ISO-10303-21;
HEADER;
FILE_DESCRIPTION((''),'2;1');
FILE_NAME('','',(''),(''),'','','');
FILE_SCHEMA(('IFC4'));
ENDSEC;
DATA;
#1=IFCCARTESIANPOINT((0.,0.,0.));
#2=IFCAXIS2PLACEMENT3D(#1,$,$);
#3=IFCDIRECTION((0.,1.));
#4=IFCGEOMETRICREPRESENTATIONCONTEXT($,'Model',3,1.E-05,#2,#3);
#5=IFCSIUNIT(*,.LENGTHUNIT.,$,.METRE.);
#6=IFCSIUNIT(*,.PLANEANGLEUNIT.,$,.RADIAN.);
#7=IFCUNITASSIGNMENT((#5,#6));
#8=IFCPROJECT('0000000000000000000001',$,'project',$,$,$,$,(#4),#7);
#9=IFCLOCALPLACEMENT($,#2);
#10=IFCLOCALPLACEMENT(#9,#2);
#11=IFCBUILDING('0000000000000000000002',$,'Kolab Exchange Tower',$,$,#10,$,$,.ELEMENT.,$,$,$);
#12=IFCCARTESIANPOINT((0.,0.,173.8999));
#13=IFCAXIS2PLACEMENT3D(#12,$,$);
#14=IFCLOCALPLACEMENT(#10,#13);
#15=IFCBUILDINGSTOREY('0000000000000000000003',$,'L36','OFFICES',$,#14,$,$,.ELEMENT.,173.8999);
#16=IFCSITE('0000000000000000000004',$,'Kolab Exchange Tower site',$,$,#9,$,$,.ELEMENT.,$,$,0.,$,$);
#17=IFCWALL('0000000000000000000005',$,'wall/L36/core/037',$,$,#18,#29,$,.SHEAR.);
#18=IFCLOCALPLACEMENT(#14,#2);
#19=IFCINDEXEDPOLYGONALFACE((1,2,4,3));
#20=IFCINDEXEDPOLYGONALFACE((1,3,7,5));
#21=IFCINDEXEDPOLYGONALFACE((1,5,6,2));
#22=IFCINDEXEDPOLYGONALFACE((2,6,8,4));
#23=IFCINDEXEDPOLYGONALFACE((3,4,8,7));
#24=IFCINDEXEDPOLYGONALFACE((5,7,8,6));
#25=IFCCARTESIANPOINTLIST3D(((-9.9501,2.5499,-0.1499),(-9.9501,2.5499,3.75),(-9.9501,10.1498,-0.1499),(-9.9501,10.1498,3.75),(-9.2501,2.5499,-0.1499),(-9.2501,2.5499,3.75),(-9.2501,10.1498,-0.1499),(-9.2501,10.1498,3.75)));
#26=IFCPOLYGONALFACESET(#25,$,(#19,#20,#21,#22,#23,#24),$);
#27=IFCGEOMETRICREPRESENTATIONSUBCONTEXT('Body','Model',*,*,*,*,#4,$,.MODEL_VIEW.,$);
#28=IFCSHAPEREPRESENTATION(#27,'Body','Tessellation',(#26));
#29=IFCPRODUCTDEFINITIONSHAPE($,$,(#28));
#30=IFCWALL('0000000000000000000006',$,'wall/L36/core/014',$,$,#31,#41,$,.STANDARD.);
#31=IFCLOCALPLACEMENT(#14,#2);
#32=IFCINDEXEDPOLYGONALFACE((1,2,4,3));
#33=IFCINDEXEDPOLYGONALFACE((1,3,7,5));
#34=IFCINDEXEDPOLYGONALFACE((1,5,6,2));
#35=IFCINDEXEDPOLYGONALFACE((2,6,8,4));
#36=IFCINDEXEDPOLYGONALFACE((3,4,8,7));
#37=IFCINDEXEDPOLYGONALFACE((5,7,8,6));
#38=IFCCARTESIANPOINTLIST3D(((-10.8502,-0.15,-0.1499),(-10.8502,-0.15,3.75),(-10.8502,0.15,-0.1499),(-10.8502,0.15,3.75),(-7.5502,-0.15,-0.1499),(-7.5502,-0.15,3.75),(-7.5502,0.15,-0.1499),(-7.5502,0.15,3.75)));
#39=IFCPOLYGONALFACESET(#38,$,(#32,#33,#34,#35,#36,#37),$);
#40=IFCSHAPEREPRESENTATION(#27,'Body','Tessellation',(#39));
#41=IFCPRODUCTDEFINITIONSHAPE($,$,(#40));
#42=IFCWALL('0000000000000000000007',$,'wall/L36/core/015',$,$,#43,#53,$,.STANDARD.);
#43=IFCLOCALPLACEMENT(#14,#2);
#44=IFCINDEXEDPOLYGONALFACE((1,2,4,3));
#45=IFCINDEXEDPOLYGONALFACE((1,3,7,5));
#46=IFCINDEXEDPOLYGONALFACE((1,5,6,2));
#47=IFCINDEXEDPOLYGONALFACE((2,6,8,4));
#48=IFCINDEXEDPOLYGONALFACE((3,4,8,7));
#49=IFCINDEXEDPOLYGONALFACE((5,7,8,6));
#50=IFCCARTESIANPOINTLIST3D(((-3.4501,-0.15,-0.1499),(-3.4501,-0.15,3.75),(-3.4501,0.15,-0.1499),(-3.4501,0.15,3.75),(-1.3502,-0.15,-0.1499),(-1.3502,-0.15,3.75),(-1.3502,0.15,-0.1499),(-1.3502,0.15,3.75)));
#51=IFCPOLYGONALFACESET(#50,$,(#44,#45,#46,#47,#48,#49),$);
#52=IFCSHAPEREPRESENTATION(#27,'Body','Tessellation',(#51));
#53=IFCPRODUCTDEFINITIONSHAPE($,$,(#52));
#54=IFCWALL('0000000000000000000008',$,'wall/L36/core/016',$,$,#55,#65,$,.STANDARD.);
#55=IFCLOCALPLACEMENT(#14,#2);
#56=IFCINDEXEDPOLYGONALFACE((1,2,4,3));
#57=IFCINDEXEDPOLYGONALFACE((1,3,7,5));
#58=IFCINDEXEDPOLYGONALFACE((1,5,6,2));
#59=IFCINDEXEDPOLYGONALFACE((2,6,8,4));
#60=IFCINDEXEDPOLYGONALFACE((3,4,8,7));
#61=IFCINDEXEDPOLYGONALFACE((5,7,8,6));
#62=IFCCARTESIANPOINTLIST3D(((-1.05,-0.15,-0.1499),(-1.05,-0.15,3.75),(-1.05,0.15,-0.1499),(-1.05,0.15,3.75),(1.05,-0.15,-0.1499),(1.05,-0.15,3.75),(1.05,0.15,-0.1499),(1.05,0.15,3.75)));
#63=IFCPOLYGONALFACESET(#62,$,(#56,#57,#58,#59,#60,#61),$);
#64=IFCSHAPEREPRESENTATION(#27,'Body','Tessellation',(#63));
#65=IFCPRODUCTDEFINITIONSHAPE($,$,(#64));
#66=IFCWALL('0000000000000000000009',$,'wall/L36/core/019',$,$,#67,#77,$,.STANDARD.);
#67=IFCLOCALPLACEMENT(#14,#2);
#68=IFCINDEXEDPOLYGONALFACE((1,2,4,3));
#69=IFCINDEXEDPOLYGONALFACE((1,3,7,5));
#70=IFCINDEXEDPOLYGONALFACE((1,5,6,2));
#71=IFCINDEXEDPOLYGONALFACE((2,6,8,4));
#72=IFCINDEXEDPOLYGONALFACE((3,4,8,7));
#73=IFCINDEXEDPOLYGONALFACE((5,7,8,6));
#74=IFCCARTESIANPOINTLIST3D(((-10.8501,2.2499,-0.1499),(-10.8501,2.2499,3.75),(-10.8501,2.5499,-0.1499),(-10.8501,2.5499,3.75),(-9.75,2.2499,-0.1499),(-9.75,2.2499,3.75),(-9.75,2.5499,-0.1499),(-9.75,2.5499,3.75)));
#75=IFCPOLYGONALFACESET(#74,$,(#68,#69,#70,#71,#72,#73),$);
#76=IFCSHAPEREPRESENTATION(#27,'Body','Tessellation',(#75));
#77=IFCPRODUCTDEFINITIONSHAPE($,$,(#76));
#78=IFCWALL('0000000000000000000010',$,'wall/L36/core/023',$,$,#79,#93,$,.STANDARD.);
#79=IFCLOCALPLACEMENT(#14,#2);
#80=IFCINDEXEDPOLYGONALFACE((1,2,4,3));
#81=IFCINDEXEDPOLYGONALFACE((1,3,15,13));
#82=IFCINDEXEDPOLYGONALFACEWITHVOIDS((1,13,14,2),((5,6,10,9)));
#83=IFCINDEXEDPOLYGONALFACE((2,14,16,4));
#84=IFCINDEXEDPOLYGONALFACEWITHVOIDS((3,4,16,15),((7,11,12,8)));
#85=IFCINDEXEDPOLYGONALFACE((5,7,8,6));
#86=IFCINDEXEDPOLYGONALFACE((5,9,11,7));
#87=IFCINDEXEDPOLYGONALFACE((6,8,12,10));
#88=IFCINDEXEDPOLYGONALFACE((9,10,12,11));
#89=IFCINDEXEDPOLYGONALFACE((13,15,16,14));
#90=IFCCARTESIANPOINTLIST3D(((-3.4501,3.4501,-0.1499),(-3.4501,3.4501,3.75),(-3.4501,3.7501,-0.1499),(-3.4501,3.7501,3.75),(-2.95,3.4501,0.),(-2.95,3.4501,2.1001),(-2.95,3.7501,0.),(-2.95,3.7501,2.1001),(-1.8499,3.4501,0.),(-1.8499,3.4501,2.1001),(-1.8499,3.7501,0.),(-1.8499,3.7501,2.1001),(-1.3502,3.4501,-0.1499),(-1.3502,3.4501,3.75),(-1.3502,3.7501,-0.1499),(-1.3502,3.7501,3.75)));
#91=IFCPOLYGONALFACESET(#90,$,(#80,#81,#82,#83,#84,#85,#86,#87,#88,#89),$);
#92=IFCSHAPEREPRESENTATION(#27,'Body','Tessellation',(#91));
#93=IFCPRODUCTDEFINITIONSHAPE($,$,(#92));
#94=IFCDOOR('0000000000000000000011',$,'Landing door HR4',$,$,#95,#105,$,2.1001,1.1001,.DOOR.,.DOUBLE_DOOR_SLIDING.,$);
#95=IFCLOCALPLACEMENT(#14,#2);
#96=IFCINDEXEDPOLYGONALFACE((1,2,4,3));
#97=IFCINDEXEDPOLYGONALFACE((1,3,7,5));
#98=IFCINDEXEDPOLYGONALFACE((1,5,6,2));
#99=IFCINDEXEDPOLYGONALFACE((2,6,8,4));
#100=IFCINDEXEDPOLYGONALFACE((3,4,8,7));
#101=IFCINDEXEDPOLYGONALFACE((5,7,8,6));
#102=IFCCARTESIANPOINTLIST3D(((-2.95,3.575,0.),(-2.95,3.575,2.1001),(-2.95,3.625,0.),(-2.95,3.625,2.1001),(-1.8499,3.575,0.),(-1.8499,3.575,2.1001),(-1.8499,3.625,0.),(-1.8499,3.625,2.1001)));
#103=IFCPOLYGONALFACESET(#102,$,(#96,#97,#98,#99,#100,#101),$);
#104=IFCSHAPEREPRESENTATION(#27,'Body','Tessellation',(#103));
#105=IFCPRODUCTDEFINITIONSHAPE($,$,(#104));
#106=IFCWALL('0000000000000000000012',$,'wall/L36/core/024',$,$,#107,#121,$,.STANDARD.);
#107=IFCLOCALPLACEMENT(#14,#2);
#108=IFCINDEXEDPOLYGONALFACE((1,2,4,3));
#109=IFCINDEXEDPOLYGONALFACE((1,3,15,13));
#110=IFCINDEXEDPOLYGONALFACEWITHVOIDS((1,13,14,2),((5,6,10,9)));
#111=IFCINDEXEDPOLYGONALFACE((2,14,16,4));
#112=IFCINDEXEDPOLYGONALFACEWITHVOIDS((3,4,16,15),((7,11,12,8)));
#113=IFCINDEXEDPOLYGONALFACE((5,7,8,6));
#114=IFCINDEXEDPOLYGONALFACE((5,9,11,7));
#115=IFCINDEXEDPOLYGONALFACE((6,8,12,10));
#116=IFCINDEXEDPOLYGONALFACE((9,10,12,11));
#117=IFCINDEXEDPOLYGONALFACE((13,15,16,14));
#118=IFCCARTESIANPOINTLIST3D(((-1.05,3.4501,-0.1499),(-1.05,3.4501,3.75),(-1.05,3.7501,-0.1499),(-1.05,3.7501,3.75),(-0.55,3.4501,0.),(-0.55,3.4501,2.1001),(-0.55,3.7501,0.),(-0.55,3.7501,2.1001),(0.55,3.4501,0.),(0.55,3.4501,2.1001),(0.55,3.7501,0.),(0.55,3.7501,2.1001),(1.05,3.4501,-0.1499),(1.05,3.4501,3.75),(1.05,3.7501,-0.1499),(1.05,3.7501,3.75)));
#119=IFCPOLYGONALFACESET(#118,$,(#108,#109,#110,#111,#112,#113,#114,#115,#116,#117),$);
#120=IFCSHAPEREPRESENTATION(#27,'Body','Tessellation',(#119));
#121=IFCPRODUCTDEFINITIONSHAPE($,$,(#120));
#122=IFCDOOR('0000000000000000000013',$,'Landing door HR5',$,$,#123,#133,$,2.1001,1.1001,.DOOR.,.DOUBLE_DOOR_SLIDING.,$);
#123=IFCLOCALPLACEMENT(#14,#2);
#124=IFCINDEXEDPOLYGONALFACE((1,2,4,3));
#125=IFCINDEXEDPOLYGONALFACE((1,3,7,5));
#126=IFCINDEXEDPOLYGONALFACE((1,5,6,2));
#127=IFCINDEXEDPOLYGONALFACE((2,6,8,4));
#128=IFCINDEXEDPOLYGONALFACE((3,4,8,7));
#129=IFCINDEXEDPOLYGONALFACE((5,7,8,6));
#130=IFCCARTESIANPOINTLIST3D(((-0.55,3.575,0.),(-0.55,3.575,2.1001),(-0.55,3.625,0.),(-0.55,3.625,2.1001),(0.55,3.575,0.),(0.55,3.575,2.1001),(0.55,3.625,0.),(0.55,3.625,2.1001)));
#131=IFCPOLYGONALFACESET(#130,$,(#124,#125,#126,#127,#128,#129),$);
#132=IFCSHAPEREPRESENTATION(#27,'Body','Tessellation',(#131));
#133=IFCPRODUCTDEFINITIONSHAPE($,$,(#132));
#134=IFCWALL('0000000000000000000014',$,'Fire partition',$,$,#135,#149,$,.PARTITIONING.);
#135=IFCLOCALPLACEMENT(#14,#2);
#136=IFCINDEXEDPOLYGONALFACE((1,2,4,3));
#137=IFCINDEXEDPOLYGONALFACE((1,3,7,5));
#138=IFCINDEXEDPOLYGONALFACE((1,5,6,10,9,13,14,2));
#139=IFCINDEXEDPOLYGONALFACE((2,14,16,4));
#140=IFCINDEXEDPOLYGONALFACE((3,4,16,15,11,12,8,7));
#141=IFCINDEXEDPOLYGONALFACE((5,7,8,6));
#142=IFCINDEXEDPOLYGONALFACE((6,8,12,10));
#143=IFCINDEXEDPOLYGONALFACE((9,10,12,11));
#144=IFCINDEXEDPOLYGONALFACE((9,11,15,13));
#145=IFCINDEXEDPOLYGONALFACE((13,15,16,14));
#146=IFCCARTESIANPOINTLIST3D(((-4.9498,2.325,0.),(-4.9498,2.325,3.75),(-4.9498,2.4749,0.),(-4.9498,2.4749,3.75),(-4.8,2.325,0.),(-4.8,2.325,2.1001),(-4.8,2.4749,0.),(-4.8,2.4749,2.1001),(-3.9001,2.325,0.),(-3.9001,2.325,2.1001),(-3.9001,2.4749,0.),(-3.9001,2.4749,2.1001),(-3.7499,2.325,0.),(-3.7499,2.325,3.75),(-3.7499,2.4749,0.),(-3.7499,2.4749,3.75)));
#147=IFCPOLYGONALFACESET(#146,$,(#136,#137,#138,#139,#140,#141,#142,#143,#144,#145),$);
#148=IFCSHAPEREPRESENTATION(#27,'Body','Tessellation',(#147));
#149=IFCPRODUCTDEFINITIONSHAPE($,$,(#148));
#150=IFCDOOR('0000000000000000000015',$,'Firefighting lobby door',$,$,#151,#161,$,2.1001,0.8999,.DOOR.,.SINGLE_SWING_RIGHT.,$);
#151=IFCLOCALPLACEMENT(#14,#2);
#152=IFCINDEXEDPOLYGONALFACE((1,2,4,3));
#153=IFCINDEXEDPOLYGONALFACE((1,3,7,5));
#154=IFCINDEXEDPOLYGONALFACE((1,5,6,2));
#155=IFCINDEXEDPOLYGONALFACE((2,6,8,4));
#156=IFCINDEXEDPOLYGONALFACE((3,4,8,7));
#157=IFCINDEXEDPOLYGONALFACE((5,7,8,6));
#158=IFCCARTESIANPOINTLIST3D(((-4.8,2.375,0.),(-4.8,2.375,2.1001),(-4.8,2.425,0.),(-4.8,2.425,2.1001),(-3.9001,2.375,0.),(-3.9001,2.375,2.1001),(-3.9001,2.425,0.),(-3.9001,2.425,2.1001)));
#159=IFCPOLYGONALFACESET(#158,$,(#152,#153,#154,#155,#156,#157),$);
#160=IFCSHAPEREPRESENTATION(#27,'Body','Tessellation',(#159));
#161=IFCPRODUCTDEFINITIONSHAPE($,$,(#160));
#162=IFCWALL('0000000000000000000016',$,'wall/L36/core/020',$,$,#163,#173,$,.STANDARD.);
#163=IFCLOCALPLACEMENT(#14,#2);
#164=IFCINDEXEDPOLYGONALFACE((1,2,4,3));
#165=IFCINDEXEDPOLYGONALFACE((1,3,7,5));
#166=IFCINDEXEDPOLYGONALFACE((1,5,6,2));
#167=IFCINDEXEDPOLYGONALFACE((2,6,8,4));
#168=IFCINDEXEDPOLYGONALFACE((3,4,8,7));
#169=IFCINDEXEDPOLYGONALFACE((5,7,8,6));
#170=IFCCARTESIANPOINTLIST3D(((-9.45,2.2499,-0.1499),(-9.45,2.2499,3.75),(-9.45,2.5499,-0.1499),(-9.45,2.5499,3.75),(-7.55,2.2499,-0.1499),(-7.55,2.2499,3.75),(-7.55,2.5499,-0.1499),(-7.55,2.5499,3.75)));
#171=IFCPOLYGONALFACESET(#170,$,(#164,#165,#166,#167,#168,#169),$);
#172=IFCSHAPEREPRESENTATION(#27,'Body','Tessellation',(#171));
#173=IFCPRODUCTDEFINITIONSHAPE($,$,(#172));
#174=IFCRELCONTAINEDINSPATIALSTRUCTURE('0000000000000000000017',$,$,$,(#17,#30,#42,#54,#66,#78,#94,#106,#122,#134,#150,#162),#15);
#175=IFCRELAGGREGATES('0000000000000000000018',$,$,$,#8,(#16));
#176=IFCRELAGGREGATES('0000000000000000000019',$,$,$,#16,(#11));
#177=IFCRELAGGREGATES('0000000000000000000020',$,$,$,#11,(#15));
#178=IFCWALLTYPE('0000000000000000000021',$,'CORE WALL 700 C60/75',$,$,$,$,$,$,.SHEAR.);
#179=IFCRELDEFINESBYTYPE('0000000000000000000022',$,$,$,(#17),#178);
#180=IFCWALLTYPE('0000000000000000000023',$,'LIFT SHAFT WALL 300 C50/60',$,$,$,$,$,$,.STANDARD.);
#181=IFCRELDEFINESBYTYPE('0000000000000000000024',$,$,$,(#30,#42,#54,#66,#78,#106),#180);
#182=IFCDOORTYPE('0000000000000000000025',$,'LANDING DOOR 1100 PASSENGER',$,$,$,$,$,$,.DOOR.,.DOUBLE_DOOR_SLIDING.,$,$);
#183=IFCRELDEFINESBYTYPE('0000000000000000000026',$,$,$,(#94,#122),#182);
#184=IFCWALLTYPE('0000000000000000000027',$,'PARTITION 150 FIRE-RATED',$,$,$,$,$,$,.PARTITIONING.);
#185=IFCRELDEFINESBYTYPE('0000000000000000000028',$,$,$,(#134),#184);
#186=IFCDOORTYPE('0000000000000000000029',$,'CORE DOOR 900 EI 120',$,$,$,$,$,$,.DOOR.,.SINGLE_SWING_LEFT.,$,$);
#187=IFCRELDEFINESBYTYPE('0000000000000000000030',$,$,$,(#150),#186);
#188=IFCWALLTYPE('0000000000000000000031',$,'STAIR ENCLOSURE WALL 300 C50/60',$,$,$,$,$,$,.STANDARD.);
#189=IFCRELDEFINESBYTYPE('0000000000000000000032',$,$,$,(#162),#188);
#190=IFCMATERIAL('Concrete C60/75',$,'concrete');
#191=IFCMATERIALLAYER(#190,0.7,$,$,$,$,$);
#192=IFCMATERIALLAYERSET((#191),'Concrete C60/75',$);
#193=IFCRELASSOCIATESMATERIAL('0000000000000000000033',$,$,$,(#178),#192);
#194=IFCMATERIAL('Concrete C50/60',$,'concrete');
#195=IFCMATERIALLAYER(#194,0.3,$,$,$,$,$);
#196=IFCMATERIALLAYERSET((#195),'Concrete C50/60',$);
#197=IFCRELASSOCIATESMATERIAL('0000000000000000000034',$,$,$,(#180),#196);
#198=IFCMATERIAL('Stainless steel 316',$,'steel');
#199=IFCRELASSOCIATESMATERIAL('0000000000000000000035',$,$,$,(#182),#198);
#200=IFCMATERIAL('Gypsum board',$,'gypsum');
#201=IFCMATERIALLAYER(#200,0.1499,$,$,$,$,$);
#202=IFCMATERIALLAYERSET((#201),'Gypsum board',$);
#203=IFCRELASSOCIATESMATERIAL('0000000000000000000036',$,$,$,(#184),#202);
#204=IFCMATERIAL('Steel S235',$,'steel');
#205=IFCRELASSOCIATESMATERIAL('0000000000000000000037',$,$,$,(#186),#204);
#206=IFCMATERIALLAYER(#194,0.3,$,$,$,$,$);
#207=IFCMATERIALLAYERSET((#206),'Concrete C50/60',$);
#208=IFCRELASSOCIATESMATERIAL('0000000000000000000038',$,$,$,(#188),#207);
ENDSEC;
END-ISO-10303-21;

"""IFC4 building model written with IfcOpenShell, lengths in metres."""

from ifc_helpers import new_model, si_unit, direction, frame, frame_2d, origin, place, context, subcontext, project, spatial, rectangle, extrude, material, layer, layer_set, type_object, element, fill, save


model = new_model("IFC4")

# Units and contexts
model_context = context("Model", 3, precision=1e-05, world=origin(), true_north=direction((0.0, 1.0)))
body_context = subcontext(model_context, "Body", "Model", "MODEL_VIEW")
ifc_project = project(units=[si_unit("LENGTHUNIT", "METRE"), si_unit("PLANEANGLEUNIT", "RADIAN")], contexts=[model_context])

# Site, building, storey
site_placement = place(None, origin())
site = spatial("IfcSite", under=ifc_project, at=site_placement, Name="Kolab Exchange Tower site", CompositionType="ELEMENT", RefElevation=0.0)
building_placement = place(site_placement, origin())
building = spatial("IfcBuilding", under=site, at=building_placement, Name="Kolab Exchange Tower", CompositionType="ELEMENT")
storey_placement = place(building_placement, frame((0.0, 0.0, 173.8999)))
storey = spatial("IfcBuildingStorey", under=building, at=storey_placement, Name="L36", Description="OFFICES", CompositionType="ELEMENT", Elevation=173.8999)

# Walls
ifc_material_1 = material(Name="Concrete C60/75", Category="concrete")
ifc_layer_1 = layer(ifc_material_1, 0.7)
ifc_layer_set_1 = layer_set([ifc_layer_1], Name="Concrete C60/75")
wall_type_1 = type_object("IfcWallType", Name="CORE WALL 700 C60/75", PredefinedType="SHEAR", material=ifc_layer_set_1)
wall_1_placement = place(storey_placement, frame((-9.6001, 2.55, -0.1499), z_axis=(0.0, 0.0, 1.0), x_axis=(0.0, 1.0, 0.0)))
element("IfcWall", 1, at=wall_1_placement, inside=storey, type_object=wall_type_1, Name="wall/L36/core/037", PredefinedType="SHEAR", context=body_context, shape_type="SweptSolid", body=[
    extrude(rectangle(XDim=7.5999, YDim=0.7, at=frame_2d((3.7998, 0.0))), origin(), (0.0, 0.0, 1.0), 3.8999),
])
ifc_material_2 = material(Name="Concrete C50/60", Category="concrete")
ifc_layer_2 = layer(ifc_material_2, 0.3)
ifc_layer_set_2 = layer_set([ifc_layer_2], Name="Concrete C50/60")
wall_type_2 = type_object("IfcWallType", Name="LIFT SHAFT WALL 300 C50/60", PredefinedType="STANDARD", material=ifc_layer_set_2)
wall_2_placement = place(storey_placement, frame((-10.8501, 0.0, -0.1499), z_axis=(0.0, 0.0, 1.0), x_axis=(1.0, 0.0, 0.0)))
element("IfcWall", 2, at=wall_2_placement, inside=storey, type_object=wall_type_2, Name="wall/L36/core/014", PredefinedType="STANDARD", context=body_context, shape_type="SweptSolid", body=[
    extrude(rectangle(XDim=3.3, YDim=0.3, at=frame_2d((1.6499, 0.0))), origin(), (0.0, 0.0, 1.0), 3.8999),
])
wall_3_placement = place(storey_placement, frame((-3.45, 0.0, -0.1499), z_axis=(0.0, 0.0, 1.0), x_axis=(1.0, 0.0, 0.0)))
element("IfcWall", 3, at=wall_3_placement, inside=storey, type_object=wall_type_2, Name="wall/L36/core/015", PredefinedType="STANDARD", context=body_context, shape_type="SweptSolid", body=[
    extrude(rectangle(XDim=2.0999, YDim=0.3, at=frame_2d((1.0498, 0.0))), origin(), (0.0, 0.0, 1.0), 3.8999),
])
wall_4_placement = place(storey_placement, frame((-1.05, 0.0, -0.1499), z_axis=(0.0, 0.0, 1.0), x_axis=(1.0, 0.0, 0.0)))
element("IfcWall", 4, at=wall_4_placement, inside=storey, type_object=wall_type_2, Name="wall/L36/core/016", PredefinedType="STANDARD", context=body_context, shape_type="SweptSolid", body=[
    extrude(rectangle(XDim=2.1001, YDim=0.3, at=frame_2d((1.05, 0.0))), origin(), (0.0, 0.0, 1.0), 3.8999),
])
wall_5_placement = place(storey_placement, frame((-10.8501, 2.3999, -0.1499), z_axis=(0.0, 0.0, 1.0), x_axis=(1.0, 0.0, 0.0)))
element("IfcWall", 5, at=wall_5_placement, inside=storey, type_object=wall_type_2, Name="wall/L36/core/019", PredefinedType="STANDARD", context=body_context, shape_type="SweptSolid", body=[
    extrude(rectangle(XDim=1.1001, YDim=0.3, at=frame_2d((0.55, 0.0))), origin(), (0.0, 0.0, 1.0), 3.8999),
])

# Walls, openings, doors
wall_6_placement = place(storey_placement, frame((-3.45, 3.6001, -0.1499), z_axis=(0.0, 0.0, 1.0), x_axis=(1.0, 0.0, 0.0)))
wall_6 = element("IfcWall", 6, at=wall_6_placement, inside=storey, type_object=wall_type_2, Name="wall/L36/core/023", PredefinedType="STANDARD", context=body_context, shape_type="SweptSolid", body=[
    extrude(rectangle(XDim=2.0999, YDim=0.3, at=frame_2d((1.0498, 0.0))), origin(), (0.0, 0.0, 1.0), 3.8999),
])
opening_1_placement = place(wall_6_placement, frame((0.5, 0.0, 0.1499)))
opening_1 = element("IfcOpeningElement", 7, at=opening_1_placement, cuts=wall_6, PredefinedType="OPENING", context=body_context, shape_type="SweptSolid", body=[
    extrude(rectangle(XDim=1.1001, YDim=2.1001, at=frame_2d((0.55, 1.05))), frame((0.0, 0.1602, 0.0), z_axis=(0.0, -1.0, 0.0), x_axis=(1.0, 0.0, 0.0)), (0.0, 0.0, 1.0), 0.3201),
])
ifc_material_3 = material(Name="Stainless steel 316", Category="steel")
door_type_1 = type_object("IfcDoorType", Name="LANDING DOOR 1100 PASSENGER", OperationType="DOUBLE_DOOR_SLIDING", PredefinedType="DOOR", material=ifc_material_3)
door_1_placement = place(opening_1_placement, origin())
door_1 = element("IfcDoor", 8, at=door_1_placement, inside=storey, type_object=door_type_1, Name="Landing door HR4", OperationType="DOUBLE_DOOR_SLIDING", OverallHeight=2.1001, OverallWidth=1.1001, PredefinedType="DOOR", context=body_context, shape_type="SweptSolid", body=[
    extrude(rectangle(XDim=1.1001, YDim=2.1001, at=frame_2d((0.55, 1.05))), frame((0.0, 0.0249, 0.0), z_axis=(0.0, -1.0, 0.0), x_axis=(1.0, 0.0, 0.0)), (0.0, 0.0, 1.0), 0.05),
])
fill(opening_1, door_1)
wall_7_placement = place(storey_placement, frame((-1.05, 3.6001, -0.1499), z_axis=(0.0, 0.0, 1.0), x_axis=(1.0, 0.0, 0.0)))
wall_7 = element("IfcWall", 9, at=wall_7_placement, inside=storey, type_object=wall_type_2, Name="wall/L36/core/024", PredefinedType="STANDARD", context=body_context, shape_type="SweptSolid", body=[
    extrude(rectangle(XDim=2.1001, YDim=0.3, at=frame_2d((1.05, 0.0))), origin(), (0.0, 0.0, 1.0), 3.8999),
])
opening_2_placement = place(wall_7_placement, frame((0.5, 0.0, 0.1499)))
opening_2 = element("IfcOpeningElement", 10, at=opening_2_placement, cuts=wall_7, PredefinedType="OPENING", context=body_context, shape_type="SweptSolid", body=[
    extrude(rectangle(XDim=1.1001, YDim=2.1001, at=frame_2d((0.55, 1.05))), frame((0.0, 0.1602, 0.0), z_axis=(0.0, -1.0, 0.0), x_axis=(1.0, 0.0, 0.0)), (0.0, 0.0, 1.0), 0.3201),
])
door_2_placement = place(opening_2_placement, origin())
door_2 = element("IfcDoor", 11, at=door_2_placement, inside=storey, type_object=door_type_1, Name="Landing door HR5", OperationType="DOUBLE_DOOR_SLIDING", OverallHeight=2.1001, OverallWidth=1.1001, PredefinedType="DOOR", context=body_context, shape_type="SweptSolid", body=[
    extrude(rectangle(XDim=1.1001, YDim=2.1001, at=frame_2d((0.55, 1.05))), frame((0.0, 0.0249, 0.0), z_axis=(0.0, -1.0, 0.0), x_axis=(1.0, 0.0, 0.0)), (0.0, 0.0, 1.0), 0.05),
])
fill(opening_2, door_2)
ifc_material_4 = material(Name="Gypsum board", Category="gypsum")
ifc_layer_3 = layer(ifc_material_4, 0.1499)
ifc_layer_set_3 = layer_set([ifc_layer_3], Name="Gypsum board")
wall_type_3 = type_object("IfcWallType", Name="PARTITION 150 FIRE-RATED", PredefinedType="PARTITIONING", material=ifc_layer_set_3)
wall_8_placement = place(storey_placement, frame((-4.95, 2.3999, 0.0), z_axis=(0.0, 0.0, 1.0), x_axis=(1.0, 0.0, 0.0)))
wall_8 = element("IfcWall", 12, at=wall_8_placement, inside=storey, type_object=wall_type_3, Name="Fire partition", PredefinedType="PARTITIONING", context=body_context, shape_type="SweptSolid", body=[
    extrude(rectangle(XDim=1.2, YDim=0.1499, at=frame_2d((0.6001, 0.0))), origin(), (0.0, 0.0, 1.0), 3.75),
])
opening_3_placement = place(wall_8_placement, frame((0.1499, 0.0, 0.0)))
opening_3 = element("IfcOpeningElement", 13, at=opening_3_placement, cuts=wall_8, PredefinedType="OPENING", context=body_context, shape_type="SweptSolid", body=[
    extrude(rectangle(XDim=0.8999, YDim=2.1001, at=frame_2d((0.45, 1.05))), frame((0.0, 0.085, 0.0), z_axis=(0.0, -1.0, 0.0), x_axis=(1.0, 0.0, 0.0)), (0.0, 0.0, 1.0), 0.1699),
])
ifc_material_5 = material(Name="Steel S235", Category="steel")
door_type_2 = type_object("IfcDoorType", Name="CORE DOOR 900 EI 120", OperationType="SINGLE_SWING_LEFT", PredefinedType="DOOR", material=ifc_material_5)
door_3_placement = place(opening_3_placement, frame((0.8999, 0.0, 0.0), z_axis=(0.0, 0.0, 1.0), x_axis=(-1.0, 0.0, 0.0)))
door_3 = element("IfcDoor", 14, at=door_3_placement, inside=storey, type_object=door_type_2, Name="Firefighting lobby door", OperationType="SINGLE_SWING_RIGHT", OverallHeight=2.1001, OverallWidth=0.8999, PredefinedType="DOOR", context=body_context, shape_type="SweptSolid", body=[
    extrude(rectangle(XDim=0.8999, YDim=2.1001, at=frame_2d((0.45, 1.05))), frame((0.0, 0.0249, 0.0), z_axis=(0.0, -1.0, 0.0), x_axis=(1.0, 0.0, 0.0)), (0.0, 0.0, 1.0), 0.05),
])
fill(opening_3, door_3)

# Wall
ifc_layer_4 = layer(ifc_material_2, 0.3)
ifc_layer_set_4 = layer_set([ifc_layer_4], Name="Concrete C50/60")
wall_type_4 = type_object("IfcWallType", Name="STAIR ENCLOSURE WALL 300 C50/60", PredefinedType="STANDARD", material=ifc_layer_set_4)
wall_9_placement = place(storey_placement, frame((-9.45, 2.3999, -0.1499), z_axis=(0.0, 0.0, 1.0), x_axis=(1.0, 0.0, 0.0)))
element("IfcWall", 15, at=wall_9_placement, inside=storey, type_object=wall_type_4, Name="wall/L36/core/020", PredefinedType="STANDARD", context=body_context, shape_type="SweptSolid", body=[
    extrude(rectangle(XDim=1.8999, YDim=0.3, at=frame_2d((0.95, 0.0))), origin(), (0.0, 0.0, 1.0), 3.8999),
])

save(model, "model.ifc")
